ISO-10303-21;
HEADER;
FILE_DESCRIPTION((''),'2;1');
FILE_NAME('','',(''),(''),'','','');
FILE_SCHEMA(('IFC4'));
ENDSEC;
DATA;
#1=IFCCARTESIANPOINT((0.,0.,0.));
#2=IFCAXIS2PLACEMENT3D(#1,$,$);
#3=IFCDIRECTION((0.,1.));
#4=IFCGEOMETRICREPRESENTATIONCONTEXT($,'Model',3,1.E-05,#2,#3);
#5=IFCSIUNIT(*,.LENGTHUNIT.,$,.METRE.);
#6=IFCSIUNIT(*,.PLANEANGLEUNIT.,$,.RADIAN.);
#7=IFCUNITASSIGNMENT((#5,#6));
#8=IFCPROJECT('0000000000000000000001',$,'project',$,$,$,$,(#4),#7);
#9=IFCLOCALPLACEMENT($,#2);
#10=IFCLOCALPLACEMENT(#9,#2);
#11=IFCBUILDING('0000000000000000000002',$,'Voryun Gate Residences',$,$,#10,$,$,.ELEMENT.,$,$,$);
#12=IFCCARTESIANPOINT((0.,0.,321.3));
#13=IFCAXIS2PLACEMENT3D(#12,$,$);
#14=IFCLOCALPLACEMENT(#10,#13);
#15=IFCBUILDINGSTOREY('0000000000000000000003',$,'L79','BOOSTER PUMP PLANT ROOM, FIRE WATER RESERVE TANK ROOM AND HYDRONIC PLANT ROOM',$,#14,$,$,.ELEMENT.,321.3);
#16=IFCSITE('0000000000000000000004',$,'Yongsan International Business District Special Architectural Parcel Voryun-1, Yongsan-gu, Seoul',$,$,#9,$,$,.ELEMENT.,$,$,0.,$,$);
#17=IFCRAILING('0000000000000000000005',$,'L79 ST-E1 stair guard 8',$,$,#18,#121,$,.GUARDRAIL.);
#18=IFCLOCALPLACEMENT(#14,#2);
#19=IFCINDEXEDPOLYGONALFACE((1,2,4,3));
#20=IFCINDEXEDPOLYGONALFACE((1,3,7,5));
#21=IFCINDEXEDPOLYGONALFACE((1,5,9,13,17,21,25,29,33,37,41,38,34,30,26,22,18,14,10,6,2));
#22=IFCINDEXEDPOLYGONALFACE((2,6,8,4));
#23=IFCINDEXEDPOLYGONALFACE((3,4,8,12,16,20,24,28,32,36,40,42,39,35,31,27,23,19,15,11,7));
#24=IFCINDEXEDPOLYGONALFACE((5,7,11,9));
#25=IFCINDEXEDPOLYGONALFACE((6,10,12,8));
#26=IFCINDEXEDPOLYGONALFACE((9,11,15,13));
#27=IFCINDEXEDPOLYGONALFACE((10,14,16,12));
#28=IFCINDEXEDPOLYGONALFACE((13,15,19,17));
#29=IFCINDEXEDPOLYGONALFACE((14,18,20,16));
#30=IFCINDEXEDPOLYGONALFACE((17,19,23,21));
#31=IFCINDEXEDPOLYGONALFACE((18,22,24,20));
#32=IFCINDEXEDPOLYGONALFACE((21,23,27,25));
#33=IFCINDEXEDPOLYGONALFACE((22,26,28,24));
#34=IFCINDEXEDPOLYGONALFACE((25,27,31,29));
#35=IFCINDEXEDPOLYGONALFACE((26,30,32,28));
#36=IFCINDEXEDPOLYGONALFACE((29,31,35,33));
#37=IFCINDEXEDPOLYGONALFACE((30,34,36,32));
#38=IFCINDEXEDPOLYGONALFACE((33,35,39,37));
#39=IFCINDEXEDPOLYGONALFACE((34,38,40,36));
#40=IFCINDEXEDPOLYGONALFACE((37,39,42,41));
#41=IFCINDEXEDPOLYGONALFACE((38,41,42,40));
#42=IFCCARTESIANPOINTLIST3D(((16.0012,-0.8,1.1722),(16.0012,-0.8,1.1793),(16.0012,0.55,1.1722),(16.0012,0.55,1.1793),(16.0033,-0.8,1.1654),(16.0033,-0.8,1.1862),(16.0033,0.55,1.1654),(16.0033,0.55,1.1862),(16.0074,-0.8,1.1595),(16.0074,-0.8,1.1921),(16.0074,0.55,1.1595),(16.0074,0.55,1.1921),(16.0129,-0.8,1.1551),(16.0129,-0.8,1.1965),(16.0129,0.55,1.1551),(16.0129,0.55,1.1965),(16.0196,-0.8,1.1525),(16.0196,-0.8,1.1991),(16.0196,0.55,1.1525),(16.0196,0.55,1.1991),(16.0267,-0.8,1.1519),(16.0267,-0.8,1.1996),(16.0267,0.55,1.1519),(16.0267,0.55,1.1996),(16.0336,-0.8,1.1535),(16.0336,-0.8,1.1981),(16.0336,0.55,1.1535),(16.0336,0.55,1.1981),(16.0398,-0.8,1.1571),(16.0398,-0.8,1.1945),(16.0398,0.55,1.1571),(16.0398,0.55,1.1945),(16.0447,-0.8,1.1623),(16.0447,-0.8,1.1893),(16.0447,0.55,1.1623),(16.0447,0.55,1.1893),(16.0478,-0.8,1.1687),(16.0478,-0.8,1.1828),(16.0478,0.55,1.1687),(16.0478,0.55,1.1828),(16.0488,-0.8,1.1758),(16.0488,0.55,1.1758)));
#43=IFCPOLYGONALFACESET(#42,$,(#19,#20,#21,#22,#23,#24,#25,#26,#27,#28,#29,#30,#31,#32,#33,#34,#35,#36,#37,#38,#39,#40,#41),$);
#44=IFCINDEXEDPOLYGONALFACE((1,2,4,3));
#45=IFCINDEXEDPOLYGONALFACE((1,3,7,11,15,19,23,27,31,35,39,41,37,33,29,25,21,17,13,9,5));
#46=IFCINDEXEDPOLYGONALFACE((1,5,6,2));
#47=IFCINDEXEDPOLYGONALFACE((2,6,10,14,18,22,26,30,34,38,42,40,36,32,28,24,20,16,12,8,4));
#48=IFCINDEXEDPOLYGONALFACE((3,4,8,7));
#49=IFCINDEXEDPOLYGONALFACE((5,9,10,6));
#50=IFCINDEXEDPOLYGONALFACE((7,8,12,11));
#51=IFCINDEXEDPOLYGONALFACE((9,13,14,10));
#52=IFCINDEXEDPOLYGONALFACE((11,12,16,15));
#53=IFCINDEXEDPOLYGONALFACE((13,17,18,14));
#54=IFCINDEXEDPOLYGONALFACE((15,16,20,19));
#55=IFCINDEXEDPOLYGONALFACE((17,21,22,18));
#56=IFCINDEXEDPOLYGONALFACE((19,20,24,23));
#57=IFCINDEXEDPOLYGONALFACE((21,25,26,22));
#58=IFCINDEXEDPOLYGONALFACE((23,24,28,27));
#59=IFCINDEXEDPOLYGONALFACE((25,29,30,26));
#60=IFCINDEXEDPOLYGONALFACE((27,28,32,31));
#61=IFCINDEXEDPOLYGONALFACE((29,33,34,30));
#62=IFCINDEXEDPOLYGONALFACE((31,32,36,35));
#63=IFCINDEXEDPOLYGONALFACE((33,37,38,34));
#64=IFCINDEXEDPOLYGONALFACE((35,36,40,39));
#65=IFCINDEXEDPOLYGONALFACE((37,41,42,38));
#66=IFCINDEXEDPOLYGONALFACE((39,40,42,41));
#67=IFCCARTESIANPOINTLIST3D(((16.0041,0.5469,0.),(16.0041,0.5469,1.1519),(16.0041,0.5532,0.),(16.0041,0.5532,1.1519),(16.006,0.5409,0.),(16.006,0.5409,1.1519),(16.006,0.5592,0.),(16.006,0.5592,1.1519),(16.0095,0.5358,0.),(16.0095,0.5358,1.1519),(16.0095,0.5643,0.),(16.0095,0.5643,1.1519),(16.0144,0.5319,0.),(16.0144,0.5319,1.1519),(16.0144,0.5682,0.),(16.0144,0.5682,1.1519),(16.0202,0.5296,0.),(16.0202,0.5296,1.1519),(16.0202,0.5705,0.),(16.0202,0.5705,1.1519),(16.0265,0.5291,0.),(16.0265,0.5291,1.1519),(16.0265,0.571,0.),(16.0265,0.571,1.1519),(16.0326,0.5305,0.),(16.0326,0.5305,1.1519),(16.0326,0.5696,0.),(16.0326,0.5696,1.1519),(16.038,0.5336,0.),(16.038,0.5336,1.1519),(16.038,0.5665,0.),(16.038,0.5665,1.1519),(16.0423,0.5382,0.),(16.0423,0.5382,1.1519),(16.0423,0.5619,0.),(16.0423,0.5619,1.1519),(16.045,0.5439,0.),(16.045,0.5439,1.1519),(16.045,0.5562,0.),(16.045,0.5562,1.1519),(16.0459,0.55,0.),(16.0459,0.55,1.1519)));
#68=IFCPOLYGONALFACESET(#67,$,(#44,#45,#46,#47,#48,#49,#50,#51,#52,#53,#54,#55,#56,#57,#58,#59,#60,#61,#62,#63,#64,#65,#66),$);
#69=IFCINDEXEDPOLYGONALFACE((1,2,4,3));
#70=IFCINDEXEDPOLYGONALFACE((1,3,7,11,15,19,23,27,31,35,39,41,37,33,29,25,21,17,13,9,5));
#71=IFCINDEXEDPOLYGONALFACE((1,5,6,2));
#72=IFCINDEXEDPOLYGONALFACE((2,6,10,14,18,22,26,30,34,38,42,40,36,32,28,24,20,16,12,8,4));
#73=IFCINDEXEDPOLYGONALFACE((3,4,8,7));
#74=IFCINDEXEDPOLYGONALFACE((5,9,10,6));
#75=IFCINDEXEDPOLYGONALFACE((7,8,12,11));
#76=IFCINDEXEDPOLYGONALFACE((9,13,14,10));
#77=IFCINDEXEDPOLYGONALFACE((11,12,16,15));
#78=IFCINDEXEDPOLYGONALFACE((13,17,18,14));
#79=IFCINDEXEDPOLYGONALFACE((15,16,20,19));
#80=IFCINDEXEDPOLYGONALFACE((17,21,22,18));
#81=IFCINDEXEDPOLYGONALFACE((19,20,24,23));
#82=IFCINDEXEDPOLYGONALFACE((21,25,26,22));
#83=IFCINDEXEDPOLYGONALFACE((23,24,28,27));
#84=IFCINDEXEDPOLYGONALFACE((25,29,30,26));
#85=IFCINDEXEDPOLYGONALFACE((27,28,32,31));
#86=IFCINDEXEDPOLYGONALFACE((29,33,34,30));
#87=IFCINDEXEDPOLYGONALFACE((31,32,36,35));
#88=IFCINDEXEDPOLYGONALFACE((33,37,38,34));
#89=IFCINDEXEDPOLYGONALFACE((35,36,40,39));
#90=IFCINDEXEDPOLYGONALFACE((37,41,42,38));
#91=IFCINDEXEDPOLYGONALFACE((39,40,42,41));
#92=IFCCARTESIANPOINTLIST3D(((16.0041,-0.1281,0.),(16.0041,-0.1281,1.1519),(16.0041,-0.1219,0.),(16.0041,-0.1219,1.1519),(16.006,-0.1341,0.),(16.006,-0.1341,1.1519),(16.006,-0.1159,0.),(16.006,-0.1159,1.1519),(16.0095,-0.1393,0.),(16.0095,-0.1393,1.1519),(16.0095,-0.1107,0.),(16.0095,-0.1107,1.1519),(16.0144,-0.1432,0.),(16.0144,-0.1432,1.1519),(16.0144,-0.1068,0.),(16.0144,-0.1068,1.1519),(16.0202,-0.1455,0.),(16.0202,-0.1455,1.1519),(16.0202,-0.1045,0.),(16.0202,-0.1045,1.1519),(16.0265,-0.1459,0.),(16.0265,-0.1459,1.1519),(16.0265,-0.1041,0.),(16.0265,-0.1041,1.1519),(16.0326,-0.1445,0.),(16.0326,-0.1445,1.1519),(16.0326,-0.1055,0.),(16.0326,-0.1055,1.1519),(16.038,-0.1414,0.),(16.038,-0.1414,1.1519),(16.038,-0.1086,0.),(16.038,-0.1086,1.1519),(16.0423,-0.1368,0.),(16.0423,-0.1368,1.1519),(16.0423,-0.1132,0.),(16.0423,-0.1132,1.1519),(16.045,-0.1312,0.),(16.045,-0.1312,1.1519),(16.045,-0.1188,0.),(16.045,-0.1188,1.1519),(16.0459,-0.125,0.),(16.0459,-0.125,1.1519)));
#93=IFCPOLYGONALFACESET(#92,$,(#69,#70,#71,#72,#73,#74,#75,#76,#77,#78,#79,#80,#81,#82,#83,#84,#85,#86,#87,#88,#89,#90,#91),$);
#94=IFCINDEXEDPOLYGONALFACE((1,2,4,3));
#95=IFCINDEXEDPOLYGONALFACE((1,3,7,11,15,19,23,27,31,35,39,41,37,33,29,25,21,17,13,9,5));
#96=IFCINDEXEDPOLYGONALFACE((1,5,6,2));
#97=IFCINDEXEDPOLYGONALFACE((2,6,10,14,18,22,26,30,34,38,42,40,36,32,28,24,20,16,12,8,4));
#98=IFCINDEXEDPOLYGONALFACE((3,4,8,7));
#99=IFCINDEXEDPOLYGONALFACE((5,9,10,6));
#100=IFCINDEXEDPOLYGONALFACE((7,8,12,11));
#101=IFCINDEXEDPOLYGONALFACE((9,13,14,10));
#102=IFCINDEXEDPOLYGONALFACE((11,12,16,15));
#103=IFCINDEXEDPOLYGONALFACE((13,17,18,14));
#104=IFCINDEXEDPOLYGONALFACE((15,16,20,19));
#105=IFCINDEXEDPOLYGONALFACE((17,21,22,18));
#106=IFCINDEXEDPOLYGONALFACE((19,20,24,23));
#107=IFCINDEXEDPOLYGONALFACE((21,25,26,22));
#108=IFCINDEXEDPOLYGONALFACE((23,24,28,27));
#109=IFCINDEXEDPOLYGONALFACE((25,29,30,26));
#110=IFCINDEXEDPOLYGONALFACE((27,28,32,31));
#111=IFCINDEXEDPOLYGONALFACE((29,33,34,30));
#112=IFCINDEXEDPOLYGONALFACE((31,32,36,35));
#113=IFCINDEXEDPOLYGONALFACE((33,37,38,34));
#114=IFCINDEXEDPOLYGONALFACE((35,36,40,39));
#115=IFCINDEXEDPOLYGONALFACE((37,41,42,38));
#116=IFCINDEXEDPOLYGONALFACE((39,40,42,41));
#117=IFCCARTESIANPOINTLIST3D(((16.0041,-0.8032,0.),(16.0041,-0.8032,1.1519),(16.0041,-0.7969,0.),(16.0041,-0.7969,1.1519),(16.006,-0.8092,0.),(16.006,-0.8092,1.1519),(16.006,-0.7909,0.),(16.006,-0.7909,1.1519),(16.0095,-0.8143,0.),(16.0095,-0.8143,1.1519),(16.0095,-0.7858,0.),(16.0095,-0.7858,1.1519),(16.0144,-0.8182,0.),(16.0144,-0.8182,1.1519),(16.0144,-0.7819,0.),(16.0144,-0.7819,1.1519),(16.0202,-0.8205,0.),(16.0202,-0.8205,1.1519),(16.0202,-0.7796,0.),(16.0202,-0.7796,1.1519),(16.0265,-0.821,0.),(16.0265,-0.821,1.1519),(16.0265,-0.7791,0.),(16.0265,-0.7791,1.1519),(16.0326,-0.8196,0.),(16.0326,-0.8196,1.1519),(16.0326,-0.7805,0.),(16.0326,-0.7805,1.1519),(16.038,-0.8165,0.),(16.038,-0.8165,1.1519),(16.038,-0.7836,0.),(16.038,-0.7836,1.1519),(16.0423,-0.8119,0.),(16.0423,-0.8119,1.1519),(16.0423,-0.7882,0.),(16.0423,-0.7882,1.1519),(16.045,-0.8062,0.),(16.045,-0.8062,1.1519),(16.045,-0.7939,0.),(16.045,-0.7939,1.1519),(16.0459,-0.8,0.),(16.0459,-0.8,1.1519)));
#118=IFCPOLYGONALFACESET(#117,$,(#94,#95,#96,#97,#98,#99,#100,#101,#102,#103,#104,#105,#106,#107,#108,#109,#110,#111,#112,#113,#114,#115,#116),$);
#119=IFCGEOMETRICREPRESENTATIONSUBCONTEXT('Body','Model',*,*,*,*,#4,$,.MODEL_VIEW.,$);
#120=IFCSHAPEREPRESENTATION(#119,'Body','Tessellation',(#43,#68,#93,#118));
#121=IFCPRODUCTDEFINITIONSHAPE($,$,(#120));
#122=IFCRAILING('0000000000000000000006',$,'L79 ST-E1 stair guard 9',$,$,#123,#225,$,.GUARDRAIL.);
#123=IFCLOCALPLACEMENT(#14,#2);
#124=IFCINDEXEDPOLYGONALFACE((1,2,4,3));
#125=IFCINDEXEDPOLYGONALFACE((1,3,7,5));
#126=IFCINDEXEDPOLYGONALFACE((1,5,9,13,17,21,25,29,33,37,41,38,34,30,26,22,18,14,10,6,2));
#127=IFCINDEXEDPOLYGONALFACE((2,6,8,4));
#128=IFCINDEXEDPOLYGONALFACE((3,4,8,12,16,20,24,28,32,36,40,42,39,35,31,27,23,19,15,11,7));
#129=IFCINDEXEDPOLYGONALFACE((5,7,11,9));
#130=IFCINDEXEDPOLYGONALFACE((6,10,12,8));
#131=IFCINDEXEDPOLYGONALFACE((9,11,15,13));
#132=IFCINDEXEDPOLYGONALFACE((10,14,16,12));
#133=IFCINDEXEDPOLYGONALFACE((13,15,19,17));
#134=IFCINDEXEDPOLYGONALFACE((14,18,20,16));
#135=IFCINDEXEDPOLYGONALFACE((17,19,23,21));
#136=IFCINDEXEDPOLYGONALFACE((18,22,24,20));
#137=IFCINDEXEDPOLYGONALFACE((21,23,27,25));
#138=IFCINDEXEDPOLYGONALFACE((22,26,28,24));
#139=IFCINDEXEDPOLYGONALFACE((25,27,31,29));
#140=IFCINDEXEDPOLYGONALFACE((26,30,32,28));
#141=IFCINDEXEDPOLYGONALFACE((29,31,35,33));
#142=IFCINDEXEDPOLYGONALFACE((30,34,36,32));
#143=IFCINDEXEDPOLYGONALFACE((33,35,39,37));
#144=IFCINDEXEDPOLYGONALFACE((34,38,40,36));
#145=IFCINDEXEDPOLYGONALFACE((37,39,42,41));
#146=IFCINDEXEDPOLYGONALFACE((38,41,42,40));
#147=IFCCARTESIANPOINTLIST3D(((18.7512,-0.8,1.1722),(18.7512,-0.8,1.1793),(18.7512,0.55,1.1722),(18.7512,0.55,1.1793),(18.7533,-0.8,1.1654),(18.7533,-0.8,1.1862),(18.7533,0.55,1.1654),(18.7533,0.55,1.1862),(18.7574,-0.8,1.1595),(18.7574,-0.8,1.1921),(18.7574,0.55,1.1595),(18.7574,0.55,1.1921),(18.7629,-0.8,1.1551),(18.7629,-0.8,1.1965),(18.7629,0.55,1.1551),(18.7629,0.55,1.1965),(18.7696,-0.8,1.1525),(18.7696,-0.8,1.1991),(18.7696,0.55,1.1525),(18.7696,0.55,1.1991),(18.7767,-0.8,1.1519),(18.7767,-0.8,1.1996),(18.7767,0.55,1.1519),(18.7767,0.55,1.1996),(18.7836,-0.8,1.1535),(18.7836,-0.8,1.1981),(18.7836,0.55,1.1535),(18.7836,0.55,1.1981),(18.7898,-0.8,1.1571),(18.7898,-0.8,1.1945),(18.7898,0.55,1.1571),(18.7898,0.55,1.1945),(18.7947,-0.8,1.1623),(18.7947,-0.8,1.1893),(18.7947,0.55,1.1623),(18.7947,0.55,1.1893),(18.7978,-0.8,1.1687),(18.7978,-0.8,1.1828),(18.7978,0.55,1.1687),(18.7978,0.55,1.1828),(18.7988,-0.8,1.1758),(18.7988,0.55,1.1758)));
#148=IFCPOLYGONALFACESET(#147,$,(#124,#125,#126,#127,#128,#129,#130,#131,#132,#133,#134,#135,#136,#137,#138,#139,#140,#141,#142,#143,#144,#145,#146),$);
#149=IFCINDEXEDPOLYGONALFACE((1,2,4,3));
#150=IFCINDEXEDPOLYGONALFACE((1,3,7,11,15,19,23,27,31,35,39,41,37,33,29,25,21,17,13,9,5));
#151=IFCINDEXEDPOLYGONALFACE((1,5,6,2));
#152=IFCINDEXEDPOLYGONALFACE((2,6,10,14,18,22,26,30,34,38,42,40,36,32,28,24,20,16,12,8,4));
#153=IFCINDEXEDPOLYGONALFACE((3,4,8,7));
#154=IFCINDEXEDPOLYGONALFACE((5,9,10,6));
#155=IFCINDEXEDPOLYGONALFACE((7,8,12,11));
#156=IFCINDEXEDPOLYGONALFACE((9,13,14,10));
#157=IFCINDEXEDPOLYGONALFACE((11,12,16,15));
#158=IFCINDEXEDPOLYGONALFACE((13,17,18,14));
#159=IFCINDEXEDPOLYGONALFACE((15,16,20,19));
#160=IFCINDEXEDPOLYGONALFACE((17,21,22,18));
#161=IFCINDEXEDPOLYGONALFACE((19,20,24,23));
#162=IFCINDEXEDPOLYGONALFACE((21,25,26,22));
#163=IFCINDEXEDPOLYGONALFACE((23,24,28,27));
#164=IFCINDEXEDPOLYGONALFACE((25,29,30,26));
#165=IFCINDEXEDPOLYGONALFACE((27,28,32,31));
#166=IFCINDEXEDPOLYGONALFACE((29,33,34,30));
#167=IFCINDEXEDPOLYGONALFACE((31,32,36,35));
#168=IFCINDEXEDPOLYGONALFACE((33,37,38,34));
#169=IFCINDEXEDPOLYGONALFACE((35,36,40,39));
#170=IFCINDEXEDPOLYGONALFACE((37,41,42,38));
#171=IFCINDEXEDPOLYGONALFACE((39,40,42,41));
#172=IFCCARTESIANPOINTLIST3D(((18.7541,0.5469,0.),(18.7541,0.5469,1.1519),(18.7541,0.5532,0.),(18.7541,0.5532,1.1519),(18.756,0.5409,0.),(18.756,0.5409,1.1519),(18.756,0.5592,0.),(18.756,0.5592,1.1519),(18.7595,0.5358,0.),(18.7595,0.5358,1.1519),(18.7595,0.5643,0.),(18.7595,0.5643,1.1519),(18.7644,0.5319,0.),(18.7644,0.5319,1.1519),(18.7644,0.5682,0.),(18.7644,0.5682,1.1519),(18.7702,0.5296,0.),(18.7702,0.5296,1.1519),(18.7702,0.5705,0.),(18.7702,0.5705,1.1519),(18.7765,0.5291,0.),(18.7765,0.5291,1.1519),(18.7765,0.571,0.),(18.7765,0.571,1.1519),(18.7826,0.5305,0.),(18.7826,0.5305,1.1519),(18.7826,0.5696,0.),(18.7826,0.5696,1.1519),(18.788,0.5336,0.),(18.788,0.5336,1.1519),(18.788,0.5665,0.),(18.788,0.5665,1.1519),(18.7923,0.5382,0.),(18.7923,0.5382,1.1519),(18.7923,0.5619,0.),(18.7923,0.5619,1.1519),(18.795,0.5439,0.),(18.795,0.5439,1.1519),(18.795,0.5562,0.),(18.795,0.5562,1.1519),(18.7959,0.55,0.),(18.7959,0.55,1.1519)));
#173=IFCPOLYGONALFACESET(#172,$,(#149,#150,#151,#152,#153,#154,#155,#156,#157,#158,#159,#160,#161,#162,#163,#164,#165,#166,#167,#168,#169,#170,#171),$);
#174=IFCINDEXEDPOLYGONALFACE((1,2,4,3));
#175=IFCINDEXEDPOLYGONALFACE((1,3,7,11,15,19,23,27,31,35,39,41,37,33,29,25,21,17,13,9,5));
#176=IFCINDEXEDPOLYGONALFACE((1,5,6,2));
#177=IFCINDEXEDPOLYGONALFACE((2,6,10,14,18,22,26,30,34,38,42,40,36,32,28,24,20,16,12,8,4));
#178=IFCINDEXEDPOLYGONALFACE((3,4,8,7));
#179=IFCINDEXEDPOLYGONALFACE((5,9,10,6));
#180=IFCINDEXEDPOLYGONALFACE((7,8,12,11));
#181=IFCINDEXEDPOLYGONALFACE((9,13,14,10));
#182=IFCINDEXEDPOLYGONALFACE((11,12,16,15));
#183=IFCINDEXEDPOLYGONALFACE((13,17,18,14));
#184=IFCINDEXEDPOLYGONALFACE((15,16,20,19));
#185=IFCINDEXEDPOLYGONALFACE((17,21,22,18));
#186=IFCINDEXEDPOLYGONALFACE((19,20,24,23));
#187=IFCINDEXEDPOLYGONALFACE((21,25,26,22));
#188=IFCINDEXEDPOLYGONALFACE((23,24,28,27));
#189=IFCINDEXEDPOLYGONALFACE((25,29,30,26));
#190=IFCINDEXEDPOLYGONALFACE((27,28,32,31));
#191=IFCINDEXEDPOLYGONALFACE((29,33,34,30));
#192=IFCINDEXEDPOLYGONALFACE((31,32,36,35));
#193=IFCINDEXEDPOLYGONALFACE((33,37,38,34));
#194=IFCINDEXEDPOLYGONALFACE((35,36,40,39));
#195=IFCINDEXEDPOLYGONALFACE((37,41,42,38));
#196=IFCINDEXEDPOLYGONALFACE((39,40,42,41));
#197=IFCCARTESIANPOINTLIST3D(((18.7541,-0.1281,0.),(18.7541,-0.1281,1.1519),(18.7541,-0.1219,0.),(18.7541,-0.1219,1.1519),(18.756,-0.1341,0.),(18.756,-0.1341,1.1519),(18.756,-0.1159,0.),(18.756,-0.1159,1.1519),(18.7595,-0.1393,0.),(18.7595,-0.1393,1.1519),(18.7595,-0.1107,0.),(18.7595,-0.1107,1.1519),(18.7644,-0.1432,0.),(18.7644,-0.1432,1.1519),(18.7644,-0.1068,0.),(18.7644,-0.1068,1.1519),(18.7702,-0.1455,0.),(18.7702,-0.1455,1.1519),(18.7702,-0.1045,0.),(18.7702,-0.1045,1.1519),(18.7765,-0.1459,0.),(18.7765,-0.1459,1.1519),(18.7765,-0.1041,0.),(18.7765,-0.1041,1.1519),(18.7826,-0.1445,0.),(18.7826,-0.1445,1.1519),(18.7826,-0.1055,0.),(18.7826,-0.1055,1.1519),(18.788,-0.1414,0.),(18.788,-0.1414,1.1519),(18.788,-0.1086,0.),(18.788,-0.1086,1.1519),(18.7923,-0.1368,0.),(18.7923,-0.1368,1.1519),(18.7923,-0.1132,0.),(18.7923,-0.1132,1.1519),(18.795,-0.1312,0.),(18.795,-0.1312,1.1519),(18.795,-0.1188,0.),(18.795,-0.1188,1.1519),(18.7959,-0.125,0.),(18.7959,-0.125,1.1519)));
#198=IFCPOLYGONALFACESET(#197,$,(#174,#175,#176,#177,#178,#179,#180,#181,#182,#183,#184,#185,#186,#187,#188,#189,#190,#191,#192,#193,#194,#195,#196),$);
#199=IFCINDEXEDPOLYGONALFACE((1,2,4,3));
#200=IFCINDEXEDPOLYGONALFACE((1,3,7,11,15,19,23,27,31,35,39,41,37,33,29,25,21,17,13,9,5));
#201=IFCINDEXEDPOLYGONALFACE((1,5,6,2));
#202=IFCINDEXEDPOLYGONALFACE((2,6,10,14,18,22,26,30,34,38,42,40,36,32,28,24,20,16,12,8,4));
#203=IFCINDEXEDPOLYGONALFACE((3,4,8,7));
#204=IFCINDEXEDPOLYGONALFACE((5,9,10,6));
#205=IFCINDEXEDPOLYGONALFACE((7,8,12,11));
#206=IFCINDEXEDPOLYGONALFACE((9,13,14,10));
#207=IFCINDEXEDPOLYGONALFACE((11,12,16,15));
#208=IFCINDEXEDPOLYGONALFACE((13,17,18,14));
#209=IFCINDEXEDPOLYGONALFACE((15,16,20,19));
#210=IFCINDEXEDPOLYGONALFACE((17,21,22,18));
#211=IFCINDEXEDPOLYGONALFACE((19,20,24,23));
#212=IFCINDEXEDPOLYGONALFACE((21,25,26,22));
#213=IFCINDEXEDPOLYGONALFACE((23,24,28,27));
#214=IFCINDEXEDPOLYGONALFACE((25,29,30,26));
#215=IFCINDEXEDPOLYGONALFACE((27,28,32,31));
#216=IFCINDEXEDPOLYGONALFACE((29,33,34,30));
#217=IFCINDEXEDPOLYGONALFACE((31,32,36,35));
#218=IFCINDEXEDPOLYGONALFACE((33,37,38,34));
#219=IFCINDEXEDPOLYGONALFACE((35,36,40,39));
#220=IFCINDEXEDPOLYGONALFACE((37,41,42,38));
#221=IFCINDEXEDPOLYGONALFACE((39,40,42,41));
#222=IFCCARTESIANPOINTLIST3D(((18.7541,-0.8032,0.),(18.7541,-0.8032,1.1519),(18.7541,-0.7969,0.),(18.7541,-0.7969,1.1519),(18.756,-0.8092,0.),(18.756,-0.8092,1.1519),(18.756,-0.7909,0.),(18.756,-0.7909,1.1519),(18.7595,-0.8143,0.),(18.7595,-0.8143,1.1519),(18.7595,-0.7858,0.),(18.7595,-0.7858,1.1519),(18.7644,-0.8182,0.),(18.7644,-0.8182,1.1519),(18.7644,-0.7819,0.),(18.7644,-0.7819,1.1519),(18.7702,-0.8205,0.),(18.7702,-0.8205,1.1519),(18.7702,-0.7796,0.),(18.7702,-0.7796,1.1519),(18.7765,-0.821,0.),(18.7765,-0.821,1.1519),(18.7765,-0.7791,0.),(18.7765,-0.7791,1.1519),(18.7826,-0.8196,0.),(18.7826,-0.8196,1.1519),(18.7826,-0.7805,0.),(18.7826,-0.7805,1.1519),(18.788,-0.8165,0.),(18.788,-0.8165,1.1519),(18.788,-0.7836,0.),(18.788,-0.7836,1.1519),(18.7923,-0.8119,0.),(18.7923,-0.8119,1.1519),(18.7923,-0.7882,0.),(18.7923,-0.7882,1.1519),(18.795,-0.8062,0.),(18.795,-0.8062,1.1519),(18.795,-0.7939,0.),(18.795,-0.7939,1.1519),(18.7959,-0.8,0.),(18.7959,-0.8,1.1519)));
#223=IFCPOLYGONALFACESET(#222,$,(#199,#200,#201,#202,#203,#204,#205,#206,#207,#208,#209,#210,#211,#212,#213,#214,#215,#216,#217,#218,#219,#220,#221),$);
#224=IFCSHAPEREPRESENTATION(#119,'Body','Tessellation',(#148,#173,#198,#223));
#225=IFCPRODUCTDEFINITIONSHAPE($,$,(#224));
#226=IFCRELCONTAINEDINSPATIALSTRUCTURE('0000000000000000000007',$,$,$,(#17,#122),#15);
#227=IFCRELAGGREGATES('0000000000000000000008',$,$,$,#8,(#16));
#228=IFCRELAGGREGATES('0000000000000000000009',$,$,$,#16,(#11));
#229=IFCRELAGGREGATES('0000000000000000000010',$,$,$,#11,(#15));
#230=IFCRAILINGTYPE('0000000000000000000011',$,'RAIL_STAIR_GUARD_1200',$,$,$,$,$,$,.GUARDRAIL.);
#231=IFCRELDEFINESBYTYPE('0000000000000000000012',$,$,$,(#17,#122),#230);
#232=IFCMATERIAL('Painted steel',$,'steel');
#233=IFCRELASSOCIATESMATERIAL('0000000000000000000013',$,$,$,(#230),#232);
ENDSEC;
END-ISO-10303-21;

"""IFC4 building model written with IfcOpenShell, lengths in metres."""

from ifc_helpers import new_model, si_unit, direction, frame, origin, origin_2d, place, context, subcontext, project, spatial, circle, extrude, material, type_object, element, save


model = new_model("IFC4")

# Units and contexts
model_context = context("Model", 3, precision=1e-05, world=origin(), true_north=direction((0.0, 1.0)))
body_context = subcontext(model_context, "Body", "Model", "MODEL_VIEW")
ifc_project = project(units=[si_unit("LENGTHUNIT", "METRE"), si_unit("PLANEANGLEUNIT", "RADIAN")], contexts=[model_context])

# Site, building, storey
site_placement = place(None, origin())
site = spatial("IfcSite", under=ifc_project, at=site_placement, Name="Yongsan International Business District Special Architectural Parcel Voryun-1, Yongsan-gu, Seoul", CompositionType="ELEMENT", RefElevation=0.0)
building_placement = place(site_placement, origin())
building = spatial("IfcBuilding", under=site, at=building_placement, Name="Voryun Gate Residences", CompositionType="ELEMENT")
storey_placement = place(building_placement, frame((0.0, 0.0, 321.3)))
storey = spatial("IfcBuildingStorey", under=building, at=storey_placement, Name="L79", Description="BOOSTER PUMP PLANT ROOM, FIRE WATER RESERVE TANK ROOM AND HYDRONIC PLANT ROOM", CompositionType="ELEMENT", Elevation=321.3)

# Railings
ifc_material_1 = material(Name="Painted steel", Category="steel")
railing_type = type_object("IfcRailingType", Name="RAIL_STAIR_GUARD_1200", PredefinedType="GUARDRAIL", material=ifc_material_1)
for number, where, name in (
    (1, (16.0249, 0.55, 0.0), "L79 ST-E1 stair guard 8"),
    (2, (18.7749, 0.55, 0.0), "L79 ST-E1 stair guard 9"),
):
    element("IfcRailing", number, at=place(storey_placement, frame(where)), inside=storey, type_object=railing_type, Name=name, PredefinedType="GUARDRAIL", context=body_context, shape_type="SweptSolid", body=[
        extrude(circle(Radius=0.0239, at=origin_2d()), frame((0.0, 0.0, 1.1758), z_axis=(0.0, -1.0, 0.0), x_axis=(1.0, 0.0, 0.0)), (0.0, 0.0, 1.0), 1.3501),
        extrude(circle(Radius=0.021, at=origin_2d()), origin(), (0.0, 0.0, 1.0), 1.1519),
        extrude(circle(Radius=0.021, at=origin_2d()), frame((0.0, -0.675, 0.0)), (0.0, 0.0, 1.0), 1.1519),
        extrude(circle(Radius=0.021, at=origin_2d()), frame((0.0, -1.3501, 0.0)), (0.0, 0.0, 1.0), 1.1519),
    ])

save(model, "model.ifc")
